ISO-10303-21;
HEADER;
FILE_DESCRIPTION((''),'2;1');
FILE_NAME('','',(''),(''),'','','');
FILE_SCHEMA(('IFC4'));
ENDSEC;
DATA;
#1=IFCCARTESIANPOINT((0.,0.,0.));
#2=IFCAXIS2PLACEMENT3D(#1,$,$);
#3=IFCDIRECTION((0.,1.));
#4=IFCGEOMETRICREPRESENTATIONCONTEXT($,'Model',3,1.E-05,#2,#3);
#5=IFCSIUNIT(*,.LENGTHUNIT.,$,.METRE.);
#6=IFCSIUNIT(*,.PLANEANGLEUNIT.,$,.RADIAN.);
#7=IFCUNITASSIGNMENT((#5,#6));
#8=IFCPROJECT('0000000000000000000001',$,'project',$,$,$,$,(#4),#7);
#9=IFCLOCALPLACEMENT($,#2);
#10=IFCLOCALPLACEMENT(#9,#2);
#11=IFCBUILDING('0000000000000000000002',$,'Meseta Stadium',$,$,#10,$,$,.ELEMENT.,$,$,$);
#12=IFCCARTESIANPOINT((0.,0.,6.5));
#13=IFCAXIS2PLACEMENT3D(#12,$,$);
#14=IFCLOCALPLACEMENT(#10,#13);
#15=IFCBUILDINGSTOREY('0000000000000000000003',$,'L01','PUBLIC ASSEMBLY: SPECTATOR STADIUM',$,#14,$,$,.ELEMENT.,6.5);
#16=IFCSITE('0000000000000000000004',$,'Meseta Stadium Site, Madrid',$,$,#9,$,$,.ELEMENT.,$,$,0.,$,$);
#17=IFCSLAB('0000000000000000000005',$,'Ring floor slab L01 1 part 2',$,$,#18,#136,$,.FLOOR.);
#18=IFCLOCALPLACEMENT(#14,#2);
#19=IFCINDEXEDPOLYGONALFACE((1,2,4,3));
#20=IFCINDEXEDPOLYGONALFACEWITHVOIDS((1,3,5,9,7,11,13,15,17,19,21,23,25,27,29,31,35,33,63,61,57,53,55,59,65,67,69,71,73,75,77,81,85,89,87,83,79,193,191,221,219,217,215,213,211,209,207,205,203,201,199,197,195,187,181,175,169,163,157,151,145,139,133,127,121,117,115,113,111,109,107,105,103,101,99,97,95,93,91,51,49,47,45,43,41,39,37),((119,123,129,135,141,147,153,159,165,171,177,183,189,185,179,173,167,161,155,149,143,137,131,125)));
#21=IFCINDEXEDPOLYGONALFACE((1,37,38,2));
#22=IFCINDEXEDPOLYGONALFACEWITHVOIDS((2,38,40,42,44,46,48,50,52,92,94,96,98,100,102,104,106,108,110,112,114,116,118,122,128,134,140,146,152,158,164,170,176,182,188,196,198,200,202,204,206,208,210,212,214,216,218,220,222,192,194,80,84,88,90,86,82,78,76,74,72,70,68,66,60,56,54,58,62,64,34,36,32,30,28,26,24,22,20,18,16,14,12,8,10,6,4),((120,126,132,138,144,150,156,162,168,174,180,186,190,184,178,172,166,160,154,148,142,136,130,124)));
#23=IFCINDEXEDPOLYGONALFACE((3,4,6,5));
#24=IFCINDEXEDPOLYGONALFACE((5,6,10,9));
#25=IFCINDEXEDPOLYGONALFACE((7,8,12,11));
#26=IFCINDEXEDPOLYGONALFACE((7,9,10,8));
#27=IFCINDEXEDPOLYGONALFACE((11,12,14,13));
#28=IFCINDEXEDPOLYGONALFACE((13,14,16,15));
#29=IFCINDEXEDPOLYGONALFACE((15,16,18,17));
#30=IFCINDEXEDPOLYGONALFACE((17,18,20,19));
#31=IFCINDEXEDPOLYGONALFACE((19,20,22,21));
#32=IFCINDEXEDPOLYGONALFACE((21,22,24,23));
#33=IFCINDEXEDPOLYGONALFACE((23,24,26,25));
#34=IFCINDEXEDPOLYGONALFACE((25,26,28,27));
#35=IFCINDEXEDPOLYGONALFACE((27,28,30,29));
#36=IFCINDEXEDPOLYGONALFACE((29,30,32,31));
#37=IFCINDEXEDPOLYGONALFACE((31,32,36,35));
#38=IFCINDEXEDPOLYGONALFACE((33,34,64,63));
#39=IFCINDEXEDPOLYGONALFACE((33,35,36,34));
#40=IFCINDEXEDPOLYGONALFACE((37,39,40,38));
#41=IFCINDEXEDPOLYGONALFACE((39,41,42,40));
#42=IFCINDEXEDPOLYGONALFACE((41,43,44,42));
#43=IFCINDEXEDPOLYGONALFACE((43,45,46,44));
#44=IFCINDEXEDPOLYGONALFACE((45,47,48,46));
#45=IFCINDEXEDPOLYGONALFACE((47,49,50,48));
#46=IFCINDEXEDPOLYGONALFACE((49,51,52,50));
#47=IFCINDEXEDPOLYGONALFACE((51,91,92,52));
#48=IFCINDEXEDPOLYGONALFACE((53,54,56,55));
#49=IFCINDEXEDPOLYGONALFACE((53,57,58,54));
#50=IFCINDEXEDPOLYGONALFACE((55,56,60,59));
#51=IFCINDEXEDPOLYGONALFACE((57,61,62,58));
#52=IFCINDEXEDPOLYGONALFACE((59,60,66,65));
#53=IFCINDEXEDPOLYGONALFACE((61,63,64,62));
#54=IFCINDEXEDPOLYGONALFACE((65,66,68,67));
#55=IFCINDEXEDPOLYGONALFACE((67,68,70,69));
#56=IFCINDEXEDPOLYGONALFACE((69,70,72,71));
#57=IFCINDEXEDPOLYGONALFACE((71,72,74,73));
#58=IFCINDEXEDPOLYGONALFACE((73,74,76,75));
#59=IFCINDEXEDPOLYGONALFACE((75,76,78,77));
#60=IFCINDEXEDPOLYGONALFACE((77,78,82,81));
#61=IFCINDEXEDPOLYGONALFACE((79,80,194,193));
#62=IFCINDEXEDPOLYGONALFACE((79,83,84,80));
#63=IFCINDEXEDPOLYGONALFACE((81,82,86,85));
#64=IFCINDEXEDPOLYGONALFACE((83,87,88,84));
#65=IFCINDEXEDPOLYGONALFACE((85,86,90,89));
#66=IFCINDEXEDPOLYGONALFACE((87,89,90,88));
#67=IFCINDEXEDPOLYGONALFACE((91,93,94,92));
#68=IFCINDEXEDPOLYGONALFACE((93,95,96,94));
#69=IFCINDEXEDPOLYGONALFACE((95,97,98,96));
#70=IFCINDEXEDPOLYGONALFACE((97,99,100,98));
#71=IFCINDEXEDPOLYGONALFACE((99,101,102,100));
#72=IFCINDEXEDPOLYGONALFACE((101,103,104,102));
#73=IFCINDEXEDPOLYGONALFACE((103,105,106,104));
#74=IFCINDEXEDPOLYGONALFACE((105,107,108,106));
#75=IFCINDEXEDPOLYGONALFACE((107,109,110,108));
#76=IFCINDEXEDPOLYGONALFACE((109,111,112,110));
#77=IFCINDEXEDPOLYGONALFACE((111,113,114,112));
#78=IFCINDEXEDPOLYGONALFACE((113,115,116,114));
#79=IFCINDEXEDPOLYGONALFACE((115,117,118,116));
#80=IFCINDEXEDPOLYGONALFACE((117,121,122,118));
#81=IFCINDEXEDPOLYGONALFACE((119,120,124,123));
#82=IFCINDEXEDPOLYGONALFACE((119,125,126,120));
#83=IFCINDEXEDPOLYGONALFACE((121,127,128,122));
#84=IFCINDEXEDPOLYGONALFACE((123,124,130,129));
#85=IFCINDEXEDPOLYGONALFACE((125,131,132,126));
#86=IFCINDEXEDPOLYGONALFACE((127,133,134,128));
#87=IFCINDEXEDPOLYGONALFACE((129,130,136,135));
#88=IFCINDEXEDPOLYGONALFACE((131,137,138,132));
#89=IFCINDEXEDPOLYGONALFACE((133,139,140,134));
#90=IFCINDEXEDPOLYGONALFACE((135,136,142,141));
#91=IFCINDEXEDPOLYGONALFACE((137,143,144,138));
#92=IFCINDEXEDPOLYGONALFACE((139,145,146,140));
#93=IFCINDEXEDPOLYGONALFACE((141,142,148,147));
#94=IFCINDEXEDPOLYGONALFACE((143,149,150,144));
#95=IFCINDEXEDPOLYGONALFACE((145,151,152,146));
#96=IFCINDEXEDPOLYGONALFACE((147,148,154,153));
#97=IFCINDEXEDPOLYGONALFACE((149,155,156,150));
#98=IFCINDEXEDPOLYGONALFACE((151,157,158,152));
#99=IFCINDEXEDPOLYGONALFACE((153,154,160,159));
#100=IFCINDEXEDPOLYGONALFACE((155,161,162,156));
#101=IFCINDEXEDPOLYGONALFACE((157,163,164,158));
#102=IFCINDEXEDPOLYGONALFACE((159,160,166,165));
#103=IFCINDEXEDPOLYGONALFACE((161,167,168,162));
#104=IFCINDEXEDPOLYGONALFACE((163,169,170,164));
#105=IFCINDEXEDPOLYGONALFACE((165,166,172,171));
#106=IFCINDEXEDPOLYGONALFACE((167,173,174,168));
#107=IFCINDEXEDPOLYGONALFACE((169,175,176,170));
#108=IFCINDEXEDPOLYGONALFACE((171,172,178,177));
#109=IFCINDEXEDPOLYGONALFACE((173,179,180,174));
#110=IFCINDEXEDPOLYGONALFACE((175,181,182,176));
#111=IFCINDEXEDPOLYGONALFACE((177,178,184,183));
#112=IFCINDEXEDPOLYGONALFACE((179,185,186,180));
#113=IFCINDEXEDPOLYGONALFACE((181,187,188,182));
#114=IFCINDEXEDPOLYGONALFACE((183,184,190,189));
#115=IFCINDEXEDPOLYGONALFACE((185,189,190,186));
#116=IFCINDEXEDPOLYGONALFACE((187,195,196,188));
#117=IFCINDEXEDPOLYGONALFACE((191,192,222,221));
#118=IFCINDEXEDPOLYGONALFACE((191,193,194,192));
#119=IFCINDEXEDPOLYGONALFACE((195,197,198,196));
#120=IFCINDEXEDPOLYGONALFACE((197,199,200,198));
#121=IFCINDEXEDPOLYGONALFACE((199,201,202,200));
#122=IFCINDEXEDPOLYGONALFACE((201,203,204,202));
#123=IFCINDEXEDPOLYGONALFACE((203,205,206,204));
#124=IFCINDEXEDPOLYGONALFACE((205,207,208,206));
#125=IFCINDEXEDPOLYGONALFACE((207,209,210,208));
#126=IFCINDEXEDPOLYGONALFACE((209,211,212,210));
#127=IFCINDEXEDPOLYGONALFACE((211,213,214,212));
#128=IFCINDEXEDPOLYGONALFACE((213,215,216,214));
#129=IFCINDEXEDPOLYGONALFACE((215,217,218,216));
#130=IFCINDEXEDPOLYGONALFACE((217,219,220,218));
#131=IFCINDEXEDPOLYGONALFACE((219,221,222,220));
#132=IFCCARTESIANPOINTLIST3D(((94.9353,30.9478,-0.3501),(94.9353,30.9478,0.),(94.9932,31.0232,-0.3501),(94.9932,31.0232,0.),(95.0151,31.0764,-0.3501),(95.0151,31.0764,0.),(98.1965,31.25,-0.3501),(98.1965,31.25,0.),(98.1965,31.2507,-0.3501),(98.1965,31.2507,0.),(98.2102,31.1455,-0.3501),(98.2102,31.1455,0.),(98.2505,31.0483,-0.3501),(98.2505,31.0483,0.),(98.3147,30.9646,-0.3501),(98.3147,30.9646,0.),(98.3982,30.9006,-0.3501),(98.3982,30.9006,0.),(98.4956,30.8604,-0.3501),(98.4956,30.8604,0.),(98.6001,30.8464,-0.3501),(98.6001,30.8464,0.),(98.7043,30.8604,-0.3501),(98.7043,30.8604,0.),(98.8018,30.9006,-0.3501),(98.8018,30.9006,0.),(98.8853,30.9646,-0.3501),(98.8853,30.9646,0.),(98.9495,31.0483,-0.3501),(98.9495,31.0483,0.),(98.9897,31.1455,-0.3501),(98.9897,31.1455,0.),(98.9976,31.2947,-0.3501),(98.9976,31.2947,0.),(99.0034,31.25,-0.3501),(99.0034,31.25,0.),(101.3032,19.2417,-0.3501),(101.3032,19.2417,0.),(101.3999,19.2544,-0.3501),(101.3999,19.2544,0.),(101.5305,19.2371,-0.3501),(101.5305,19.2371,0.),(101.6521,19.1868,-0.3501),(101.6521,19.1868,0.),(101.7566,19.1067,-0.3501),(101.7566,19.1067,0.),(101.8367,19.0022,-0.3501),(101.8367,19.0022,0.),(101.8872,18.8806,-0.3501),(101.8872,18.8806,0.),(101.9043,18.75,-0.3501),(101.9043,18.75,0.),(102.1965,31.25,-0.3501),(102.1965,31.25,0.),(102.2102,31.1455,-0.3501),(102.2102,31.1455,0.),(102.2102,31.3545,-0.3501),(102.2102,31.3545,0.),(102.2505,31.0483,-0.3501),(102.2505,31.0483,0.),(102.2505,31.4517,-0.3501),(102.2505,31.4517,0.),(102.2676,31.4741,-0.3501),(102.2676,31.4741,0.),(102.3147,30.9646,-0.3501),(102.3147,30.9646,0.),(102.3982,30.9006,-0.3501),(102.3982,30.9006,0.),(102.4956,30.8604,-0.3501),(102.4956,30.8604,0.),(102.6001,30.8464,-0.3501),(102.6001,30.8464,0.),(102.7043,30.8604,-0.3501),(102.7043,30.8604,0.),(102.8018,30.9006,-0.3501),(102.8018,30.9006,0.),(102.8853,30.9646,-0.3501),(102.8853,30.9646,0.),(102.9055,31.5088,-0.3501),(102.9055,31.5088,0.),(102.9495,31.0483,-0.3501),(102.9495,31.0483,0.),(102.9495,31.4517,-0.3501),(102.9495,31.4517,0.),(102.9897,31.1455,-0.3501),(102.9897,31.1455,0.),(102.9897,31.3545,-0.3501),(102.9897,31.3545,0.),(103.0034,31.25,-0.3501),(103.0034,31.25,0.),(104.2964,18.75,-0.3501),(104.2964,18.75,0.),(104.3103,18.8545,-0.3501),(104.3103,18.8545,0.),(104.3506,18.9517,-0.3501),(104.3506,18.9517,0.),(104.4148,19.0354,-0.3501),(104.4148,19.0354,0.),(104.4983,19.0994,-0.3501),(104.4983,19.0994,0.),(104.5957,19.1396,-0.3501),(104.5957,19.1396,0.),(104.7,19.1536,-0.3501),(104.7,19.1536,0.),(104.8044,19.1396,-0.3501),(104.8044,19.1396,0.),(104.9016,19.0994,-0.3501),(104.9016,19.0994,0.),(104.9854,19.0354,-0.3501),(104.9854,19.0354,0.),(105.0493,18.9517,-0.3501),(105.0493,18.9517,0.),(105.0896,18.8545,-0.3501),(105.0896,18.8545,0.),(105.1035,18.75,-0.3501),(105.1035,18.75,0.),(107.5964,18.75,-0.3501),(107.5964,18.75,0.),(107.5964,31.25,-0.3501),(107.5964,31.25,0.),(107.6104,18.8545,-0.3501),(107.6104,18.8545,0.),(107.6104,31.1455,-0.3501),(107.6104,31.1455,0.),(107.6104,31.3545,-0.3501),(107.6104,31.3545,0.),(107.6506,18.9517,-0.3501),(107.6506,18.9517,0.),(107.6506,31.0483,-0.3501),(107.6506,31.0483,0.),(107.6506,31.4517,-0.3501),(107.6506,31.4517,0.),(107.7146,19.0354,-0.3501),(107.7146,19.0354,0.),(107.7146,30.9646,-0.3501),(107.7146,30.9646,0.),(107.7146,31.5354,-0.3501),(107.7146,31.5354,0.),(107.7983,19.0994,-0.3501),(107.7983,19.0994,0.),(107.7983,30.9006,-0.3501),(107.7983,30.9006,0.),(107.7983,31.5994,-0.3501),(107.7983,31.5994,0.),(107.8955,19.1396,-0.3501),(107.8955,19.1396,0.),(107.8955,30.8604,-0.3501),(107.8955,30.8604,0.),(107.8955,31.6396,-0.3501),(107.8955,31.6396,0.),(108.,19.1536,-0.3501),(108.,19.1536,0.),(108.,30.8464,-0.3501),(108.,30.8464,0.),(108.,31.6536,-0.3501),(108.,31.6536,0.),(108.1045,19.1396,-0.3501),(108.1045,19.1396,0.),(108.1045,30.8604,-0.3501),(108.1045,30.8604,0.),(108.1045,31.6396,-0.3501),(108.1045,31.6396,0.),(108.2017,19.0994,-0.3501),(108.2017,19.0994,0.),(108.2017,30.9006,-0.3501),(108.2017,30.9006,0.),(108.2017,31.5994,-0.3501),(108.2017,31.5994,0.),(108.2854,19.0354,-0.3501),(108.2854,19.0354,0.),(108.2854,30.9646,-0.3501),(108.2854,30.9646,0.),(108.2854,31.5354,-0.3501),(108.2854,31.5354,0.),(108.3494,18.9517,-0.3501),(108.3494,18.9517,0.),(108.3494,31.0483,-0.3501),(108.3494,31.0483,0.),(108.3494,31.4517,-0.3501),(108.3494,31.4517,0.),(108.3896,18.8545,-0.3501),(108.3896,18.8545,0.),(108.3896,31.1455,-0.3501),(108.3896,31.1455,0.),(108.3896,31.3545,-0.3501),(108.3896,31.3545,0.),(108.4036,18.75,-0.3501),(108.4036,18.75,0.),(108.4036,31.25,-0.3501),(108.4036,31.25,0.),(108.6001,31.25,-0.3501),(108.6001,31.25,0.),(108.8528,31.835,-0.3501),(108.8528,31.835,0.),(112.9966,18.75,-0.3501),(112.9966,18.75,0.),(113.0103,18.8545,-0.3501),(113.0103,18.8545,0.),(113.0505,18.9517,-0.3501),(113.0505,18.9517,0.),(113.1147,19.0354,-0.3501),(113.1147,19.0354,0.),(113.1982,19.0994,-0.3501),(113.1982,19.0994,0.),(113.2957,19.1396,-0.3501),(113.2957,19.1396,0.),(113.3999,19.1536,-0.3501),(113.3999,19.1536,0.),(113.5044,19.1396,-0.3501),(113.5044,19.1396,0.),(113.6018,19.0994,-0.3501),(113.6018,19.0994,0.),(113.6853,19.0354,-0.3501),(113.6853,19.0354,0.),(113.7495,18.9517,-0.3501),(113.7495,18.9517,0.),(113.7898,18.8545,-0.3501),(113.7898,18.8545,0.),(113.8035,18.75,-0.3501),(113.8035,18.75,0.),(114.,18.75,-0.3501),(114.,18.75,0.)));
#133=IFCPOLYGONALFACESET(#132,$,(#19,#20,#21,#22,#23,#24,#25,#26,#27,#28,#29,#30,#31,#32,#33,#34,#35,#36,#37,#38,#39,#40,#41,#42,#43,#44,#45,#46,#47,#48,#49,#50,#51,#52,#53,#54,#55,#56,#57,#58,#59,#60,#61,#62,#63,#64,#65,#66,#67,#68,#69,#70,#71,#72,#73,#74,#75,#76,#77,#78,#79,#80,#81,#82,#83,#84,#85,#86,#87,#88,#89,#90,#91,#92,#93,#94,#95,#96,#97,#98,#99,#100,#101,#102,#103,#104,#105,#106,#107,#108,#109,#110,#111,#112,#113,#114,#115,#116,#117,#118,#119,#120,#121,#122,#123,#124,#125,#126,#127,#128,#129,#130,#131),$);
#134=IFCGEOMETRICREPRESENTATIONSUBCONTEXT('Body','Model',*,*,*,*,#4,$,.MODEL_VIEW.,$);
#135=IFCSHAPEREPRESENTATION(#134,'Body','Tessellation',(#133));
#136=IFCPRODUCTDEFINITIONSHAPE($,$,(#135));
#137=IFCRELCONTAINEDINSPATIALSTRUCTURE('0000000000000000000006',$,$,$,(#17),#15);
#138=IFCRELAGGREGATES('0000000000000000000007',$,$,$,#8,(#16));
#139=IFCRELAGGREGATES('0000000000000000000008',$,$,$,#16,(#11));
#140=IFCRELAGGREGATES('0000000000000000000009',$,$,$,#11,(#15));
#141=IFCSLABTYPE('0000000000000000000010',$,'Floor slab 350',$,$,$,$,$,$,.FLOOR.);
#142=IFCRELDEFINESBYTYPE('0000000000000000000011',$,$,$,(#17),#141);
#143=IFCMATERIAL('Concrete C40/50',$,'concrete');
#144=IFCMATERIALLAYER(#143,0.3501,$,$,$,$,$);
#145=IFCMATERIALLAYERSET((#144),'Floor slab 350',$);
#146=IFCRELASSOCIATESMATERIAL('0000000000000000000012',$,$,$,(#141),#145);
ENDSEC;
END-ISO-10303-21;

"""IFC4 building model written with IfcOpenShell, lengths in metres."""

from ifc_helpers import new_model, si_unit, direction, frame, origin, place, context, subcontext, project, spatial, polyline, outline, extrude, material, layer, layer_set, type_object, element, save


model = new_model("IFC4")

# Units and contexts
model_context = context("Model", 3, precision=1e-05, world=origin(), true_north=direction((0.0, 1.0)))
body_context = subcontext(model_context, "Body", "Model", "MODEL_VIEW")
ifc_project = project(units=[si_unit("LENGTHUNIT", "METRE"), si_unit("PLANEANGLEUNIT", "RADIAN")], contexts=[model_context])

# Site, building, storey
site_placement = place(None, origin())
site = spatial("IfcSite", under=ifc_project, at=site_placement, Name="Meseta Stadium Site, Madrid", CompositionType="ELEMENT", RefElevation=0.0)
building_placement = place(site_placement, origin())
building = spatial("IfcBuilding", under=site, at=building_placement, Name="Meseta Stadium", CompositionType="ELEMENT")
storey_placement = place(building_placement, frame((0.0, 0.0, 6.5)))
storey = spatial("IfcBuildingStorey", under=building, at=storey_placement, Name="L01", Description="PUBLIC ASSEMBLY: SPECTATOR STADIUM", CompositionType="ELEMENT", Elevation=6.5)

# Slab
ifc_material_1 = material(Name="Concrete C40/50", Category="concrete")
ifc_layer_1 = layer(ifc_material_1, 0.3501)
ifc_layer_set_1 = layer_set([ifc_layer_1], Name="Floor slab 350")
slab_type_1 = type_object("IfcSlabType", Name="Floor slab 350", PredefinedType="FLOOR", material=ifc_layer_set_1)
slab_1_placement = place(storey_placement, frame((0.0, 0.0, -0.3501)))
element("IfcSlab", 1, at=slab_1_placement, inside=storey, type_object=slab_type_1, Name="Ring floor slab L01 1 part 2", PredefinedType="FLOOR", context=body_context, shape_type="SweptSolid", body=[
    extrude(outline(polyline([(108.6001, 31.25), (108.8528, 31.835), (102.9055, 31.5088), (102.9495, 31.4517), (102.9897, 31.3545), (103.0034, 31.25), (102.9897, 31.1455), (102.9495, 31.0483), (102.8853, 30.9646), (102.8018, 30.9006), (102.7043, 30.8604), (102.6001, 30.8464), (102.4956, 30.8604), (102.3982, 30.9006), (102.3147, 30.9646), (102.2505, 31.0483), (102.2102, 31.1455), (102.1965, 31.25), (102.2102, 31.3545), (102.2505, 31.4517), (102.2676, 31.4741), (98.9976, 31.2947), (99.0034, 31.25), (98.9897, 31.1455), (98.9495, 31.0483), (98.8853, 30.9646), (98.8018, 30.9006), (98.7043, 30.8604), (98.6001, 30.8464), (98.4956, 30.8604), (98.3982, 30.9006), (98.3147, 30.9646), (98.2505, 31.0483), (98.2102, 31.1455), (98.1965, 31.25), (98.1965, 31.2507), (95.0151, 31.0764), (94.9932, 31.0232), (94.9353, 30.9478), (101.3032, 19.2417), (101.3999, 19.2544), (101.5305, 19.2371), (101.6521, 19.1868), (101.7566, 19.1067), (101.8367, 19.0022), (101.8872, 18.8806), (101.9043, 18.75), (104.2964, 18.75), (104.3103, 18.8545), (104.3506, 18.9517), (104.4148, 19.0354), (104.4983, 19.0994), (104.5957, 19.1396), (104.7, 19.1536), (104.8044, 19.1396), (104.9016, 19.0994), (104.9854, 19.0354), (105.0493, 18.9517), (105.0896, 18.8545), (105.1035, 18.75), (107.5964, 18.75), (107.6104, 18.8545), (107.6506, 18.9517), (107.7146, 19.0354), (107.7983, 19.0994), (107.8955, 19.1396), (108.0, 19.1536), (108.1045, 19.1396), (108.2017, 19.0994), (108.2854, 19.0354), (108.3494, 18.9517), (108.3896, 18.8545), (108.4036, 18.75), (112.9966, 18.75), (113.0103, 18.8545), (113.0505, 18.9517), (113.1147, 19.0354), (113.1982, 19.0994), (113.2957, 19.1396), (113.3999, 19.1536), (113.5044, 19.1396), (113.6018, 19.0994), (113.6853, 19.0354), (113.7495, 18.9517), (113.7898, 18.8545), (113.8035, 18.75), (114.0, 18.75), (108.6001, 31.25)]), holes=[polyline([(107.8955, 30.8604), (107.7983, 30.9006), (107.7146, 30.9646), (107.6506, 31.0483), (107.6104, 31.1455), (107.5964, 31.25), (107.6104, 31.3545), (107.6506, 31.4517), (107.7146, 31.5354), (107.7983, 31.5994), (107.8955, 31.6396), (108.0, 31.6536), (108.1045, 31.6396), (108.2017, 31.5994), (108.2854, 31.5354), (108.3494, 31.4517), (108.3896, 31.3545), (108.4036, 31.25), (108.3896, 31.1455), (108.3494, 31.0483), (108.2854, 30.9646), (108.2017, 30.9006), (108.1045, 30.8604), (108.0, 30.8464), (107.8955, 30.8604)])]), origin(), (0.0, 0.0, 1.0), 0.3501),
])

save(model, "model.ifc")
